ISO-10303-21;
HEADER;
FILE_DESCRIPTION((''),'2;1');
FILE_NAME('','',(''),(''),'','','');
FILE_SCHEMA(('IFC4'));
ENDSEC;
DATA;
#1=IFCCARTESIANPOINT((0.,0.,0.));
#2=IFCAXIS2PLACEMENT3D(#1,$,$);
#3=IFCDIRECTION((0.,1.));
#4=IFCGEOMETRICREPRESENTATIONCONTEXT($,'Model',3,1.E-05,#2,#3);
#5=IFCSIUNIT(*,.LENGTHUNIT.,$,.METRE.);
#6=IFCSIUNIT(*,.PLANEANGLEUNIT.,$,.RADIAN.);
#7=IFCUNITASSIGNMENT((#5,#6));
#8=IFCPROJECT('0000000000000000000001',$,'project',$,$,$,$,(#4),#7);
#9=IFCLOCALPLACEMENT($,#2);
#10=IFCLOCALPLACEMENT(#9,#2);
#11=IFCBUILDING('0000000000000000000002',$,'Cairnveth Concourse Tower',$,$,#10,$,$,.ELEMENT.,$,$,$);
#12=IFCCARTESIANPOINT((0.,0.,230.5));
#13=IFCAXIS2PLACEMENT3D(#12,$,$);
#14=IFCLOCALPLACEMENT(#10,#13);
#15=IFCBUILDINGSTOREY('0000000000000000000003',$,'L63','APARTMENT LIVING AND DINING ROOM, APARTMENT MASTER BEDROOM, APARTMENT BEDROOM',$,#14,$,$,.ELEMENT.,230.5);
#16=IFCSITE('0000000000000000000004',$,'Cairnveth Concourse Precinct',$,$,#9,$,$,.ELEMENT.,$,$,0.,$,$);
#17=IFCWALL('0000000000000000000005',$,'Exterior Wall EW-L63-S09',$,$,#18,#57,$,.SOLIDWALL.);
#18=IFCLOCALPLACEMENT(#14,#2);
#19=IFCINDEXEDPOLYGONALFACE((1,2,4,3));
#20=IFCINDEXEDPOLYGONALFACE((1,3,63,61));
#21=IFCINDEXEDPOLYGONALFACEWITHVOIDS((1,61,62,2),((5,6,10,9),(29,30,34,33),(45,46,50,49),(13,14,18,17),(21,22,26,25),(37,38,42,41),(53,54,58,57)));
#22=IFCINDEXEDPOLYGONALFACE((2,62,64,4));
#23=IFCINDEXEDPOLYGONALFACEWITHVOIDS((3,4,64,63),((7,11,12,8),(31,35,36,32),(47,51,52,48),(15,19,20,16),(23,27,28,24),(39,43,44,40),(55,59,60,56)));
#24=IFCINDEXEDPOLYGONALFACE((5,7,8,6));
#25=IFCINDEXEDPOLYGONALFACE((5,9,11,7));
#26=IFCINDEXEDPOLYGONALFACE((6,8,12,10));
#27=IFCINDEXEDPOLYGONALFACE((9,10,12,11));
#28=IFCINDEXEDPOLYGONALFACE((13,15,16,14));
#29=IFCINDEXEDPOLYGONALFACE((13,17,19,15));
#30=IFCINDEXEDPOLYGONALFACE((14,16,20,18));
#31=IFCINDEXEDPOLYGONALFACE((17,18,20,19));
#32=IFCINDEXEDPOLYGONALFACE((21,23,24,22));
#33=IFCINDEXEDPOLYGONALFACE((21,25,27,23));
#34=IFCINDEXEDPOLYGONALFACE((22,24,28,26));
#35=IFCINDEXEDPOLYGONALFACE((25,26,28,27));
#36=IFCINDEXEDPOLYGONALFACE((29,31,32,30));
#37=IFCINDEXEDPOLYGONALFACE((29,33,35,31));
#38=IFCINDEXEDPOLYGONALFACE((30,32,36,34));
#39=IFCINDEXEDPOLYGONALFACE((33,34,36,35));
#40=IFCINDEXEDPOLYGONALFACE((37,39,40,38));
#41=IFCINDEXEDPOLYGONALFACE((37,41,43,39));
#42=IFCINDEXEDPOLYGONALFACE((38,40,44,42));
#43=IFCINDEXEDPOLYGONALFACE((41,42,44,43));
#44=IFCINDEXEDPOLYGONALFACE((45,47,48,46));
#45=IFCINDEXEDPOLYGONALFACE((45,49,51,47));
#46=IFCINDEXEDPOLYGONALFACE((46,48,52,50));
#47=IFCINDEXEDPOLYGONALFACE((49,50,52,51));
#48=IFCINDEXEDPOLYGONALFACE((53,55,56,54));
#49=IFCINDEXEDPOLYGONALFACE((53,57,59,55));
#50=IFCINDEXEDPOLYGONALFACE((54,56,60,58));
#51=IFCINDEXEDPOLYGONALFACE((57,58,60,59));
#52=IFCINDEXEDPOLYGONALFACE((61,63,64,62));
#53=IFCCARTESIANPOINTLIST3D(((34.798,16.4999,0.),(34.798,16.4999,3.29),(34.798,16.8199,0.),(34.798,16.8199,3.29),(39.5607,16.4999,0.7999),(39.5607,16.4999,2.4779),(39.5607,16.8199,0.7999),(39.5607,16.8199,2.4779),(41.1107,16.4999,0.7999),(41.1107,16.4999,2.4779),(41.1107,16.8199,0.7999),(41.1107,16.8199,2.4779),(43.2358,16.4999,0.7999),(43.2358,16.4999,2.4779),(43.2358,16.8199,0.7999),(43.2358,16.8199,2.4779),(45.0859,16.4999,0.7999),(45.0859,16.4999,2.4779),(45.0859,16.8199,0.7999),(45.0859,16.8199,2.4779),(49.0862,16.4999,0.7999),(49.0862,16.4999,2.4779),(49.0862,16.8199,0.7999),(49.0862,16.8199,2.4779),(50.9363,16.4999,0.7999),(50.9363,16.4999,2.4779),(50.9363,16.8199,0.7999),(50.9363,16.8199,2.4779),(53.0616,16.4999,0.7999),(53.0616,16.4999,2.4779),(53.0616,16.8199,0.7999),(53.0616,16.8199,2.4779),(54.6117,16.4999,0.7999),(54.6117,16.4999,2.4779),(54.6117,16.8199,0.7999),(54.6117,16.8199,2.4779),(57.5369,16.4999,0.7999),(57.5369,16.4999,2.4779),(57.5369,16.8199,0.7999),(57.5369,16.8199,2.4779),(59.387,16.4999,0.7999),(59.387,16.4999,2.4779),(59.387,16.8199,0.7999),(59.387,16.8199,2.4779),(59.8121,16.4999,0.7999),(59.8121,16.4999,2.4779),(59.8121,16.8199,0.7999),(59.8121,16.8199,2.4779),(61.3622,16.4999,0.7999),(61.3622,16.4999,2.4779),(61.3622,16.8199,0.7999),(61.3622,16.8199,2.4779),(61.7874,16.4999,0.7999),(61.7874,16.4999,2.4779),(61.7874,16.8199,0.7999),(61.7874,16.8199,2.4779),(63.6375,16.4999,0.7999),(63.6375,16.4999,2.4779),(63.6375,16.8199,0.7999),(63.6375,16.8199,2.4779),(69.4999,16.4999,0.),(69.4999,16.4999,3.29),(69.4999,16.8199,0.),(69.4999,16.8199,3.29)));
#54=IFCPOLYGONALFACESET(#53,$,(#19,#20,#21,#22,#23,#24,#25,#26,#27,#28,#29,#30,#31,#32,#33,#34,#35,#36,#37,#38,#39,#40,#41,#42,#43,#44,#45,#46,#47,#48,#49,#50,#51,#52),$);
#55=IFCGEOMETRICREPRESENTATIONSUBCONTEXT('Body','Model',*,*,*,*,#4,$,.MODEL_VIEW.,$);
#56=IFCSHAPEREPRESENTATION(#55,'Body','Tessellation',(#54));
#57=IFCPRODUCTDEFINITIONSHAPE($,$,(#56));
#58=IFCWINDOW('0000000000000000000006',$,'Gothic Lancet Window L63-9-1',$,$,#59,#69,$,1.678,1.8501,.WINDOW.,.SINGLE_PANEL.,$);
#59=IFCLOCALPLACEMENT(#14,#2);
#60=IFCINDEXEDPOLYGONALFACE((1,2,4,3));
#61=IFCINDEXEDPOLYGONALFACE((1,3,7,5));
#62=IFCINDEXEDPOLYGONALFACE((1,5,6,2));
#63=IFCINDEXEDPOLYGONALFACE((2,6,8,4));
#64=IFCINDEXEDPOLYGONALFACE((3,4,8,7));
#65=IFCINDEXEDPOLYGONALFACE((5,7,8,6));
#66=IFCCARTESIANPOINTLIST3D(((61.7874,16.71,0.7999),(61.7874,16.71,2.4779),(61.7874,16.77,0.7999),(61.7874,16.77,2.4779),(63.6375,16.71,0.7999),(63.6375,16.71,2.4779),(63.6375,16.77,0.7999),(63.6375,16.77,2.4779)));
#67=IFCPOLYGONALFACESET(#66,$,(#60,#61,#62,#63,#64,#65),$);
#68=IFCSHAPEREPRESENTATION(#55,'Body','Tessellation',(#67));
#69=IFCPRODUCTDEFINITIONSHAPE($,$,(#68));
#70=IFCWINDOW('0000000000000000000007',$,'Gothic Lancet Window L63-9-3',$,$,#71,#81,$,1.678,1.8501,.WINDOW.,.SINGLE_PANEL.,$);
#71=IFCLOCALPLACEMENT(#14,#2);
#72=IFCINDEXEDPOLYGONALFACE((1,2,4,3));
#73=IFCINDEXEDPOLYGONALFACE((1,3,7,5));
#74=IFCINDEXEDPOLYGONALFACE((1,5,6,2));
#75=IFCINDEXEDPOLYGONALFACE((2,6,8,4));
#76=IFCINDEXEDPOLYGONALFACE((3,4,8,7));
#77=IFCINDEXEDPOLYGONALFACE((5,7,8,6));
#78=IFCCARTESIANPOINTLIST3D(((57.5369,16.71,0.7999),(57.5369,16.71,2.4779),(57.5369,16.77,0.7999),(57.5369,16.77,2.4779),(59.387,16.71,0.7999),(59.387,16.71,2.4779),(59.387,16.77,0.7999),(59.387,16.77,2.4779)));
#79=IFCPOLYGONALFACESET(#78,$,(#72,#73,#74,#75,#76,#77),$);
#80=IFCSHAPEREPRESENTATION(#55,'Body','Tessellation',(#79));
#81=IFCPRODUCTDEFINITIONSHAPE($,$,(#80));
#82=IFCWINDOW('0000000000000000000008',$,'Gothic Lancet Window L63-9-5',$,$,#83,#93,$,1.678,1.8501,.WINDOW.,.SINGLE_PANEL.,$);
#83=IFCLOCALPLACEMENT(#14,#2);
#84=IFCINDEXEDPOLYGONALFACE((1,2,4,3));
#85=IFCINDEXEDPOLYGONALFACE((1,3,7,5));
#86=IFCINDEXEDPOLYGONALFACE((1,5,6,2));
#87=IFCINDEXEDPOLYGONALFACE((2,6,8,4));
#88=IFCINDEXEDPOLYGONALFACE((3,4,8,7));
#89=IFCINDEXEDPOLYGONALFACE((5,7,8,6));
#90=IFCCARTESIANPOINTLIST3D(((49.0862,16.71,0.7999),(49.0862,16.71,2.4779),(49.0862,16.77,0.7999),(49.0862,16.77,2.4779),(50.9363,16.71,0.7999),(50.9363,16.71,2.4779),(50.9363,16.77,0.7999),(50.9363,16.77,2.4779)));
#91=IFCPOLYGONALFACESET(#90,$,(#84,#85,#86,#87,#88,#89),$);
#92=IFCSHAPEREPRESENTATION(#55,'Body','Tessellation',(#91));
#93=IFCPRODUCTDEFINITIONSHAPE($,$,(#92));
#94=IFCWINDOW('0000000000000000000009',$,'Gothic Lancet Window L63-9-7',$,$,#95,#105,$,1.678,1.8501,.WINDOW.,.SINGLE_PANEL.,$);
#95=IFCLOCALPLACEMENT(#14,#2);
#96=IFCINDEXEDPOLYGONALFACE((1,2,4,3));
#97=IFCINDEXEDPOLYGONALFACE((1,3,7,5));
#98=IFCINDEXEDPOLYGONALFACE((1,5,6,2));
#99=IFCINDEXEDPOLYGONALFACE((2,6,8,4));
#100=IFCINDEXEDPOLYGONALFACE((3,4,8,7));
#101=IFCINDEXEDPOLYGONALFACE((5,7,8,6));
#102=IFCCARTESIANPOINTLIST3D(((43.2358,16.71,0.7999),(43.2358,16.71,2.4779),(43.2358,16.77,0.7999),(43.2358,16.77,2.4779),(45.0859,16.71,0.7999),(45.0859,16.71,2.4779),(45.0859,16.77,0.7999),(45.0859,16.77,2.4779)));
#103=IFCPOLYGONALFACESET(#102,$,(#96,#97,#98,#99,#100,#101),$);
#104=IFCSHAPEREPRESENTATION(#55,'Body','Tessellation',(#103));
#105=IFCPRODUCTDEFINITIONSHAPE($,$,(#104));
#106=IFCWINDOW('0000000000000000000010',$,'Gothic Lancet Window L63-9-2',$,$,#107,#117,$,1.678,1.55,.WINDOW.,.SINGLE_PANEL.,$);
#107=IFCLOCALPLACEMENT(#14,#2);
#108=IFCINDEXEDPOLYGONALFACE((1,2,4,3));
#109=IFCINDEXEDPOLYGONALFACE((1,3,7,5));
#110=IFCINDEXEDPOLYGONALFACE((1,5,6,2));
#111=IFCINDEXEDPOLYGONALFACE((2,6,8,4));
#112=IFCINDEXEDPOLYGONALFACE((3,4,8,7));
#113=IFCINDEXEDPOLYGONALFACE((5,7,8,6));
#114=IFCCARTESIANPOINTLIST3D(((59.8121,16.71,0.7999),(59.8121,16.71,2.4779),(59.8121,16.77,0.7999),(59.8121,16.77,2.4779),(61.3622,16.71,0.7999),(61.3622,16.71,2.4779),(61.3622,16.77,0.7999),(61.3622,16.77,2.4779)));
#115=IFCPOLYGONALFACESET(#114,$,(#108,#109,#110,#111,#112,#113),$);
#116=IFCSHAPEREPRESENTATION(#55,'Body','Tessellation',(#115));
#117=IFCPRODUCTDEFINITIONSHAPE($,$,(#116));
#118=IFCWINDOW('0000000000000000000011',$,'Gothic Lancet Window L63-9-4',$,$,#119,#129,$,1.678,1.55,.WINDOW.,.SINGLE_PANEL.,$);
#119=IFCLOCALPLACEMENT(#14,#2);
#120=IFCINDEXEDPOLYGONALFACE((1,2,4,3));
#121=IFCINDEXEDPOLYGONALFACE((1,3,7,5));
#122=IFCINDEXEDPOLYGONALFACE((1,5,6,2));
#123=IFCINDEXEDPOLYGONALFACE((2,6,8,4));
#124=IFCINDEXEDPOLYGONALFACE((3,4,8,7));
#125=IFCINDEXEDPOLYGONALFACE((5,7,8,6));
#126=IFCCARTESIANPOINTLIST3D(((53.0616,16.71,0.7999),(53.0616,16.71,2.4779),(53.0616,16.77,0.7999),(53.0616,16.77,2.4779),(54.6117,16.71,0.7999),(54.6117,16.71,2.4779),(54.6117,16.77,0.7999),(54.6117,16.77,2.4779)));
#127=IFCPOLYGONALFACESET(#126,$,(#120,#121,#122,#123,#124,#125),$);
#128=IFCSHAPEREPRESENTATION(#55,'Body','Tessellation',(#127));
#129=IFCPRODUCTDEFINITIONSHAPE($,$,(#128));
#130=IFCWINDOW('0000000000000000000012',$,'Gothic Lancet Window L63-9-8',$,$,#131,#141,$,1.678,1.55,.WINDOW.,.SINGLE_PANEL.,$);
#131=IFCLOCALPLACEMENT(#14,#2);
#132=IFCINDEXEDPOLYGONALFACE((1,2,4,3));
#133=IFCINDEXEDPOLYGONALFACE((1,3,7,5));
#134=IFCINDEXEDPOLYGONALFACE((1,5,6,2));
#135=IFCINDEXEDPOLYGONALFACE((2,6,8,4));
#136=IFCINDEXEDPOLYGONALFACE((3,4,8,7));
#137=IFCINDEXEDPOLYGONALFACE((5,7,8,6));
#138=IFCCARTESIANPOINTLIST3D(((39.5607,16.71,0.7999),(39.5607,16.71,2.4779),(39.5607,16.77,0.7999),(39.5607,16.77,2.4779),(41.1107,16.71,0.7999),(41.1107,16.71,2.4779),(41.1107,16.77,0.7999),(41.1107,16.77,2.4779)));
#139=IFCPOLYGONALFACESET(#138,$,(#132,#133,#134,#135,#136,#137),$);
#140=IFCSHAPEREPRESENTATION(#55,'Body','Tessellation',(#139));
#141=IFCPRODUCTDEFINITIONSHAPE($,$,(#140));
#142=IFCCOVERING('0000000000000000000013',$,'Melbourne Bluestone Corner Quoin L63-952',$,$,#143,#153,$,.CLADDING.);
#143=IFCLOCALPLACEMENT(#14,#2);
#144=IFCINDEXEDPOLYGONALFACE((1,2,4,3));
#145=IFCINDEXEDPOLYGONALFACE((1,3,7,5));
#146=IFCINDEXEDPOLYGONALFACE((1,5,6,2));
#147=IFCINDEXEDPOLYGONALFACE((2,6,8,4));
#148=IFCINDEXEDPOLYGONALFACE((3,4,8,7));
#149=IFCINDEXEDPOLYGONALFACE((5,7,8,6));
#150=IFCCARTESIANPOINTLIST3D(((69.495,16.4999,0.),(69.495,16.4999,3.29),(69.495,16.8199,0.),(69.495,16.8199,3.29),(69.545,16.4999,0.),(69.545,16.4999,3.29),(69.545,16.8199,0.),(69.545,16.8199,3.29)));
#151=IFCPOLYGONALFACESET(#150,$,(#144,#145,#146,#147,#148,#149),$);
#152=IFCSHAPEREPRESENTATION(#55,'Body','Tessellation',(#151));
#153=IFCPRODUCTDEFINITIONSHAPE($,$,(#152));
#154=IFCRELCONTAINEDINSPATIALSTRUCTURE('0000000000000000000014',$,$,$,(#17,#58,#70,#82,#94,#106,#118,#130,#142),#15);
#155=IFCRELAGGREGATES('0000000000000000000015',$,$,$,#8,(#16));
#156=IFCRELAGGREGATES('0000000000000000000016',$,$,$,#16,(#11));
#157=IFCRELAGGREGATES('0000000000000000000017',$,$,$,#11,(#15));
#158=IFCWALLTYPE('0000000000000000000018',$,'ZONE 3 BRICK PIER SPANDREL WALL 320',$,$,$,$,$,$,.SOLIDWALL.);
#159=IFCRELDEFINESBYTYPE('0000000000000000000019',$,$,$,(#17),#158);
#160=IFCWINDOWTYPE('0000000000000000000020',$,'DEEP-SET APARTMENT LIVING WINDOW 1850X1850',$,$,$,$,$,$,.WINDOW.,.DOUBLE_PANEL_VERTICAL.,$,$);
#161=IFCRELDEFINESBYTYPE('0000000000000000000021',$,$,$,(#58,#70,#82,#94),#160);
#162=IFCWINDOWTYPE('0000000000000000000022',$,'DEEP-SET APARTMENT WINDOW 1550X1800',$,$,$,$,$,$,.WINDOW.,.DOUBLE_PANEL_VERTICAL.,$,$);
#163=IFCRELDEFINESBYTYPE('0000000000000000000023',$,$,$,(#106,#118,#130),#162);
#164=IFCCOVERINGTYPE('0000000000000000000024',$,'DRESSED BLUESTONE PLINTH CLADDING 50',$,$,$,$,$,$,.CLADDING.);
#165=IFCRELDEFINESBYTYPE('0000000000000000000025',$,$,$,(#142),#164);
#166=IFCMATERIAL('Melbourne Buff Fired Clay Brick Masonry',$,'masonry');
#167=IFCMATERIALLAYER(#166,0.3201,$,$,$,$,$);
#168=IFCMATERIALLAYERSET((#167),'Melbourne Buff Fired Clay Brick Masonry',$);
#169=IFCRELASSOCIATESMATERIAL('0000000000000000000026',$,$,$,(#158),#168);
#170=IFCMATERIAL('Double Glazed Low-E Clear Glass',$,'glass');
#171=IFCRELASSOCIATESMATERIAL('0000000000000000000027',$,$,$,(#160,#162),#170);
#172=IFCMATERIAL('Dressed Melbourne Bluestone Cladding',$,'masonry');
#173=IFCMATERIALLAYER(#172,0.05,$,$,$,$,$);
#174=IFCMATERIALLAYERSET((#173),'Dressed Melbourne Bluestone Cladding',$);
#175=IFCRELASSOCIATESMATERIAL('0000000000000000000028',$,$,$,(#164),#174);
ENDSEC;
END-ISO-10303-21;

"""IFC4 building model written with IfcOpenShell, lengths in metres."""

from ifc_helpers import new_model, si_unit, direction, frame, frame_2d, origin, place, context, subcontext, project, spatial, rectangle, extrude, material, layer, layer_set, type_object, element, fill, save


model = new_model("IFC4")

# Units and contexts
model_context = context("Model", 3, precision=1e-05, world=origin(), true_north=direction((0.0, 1.0)))
body_context = subcontext(model_context, "Body", "Model", "MODEL_VIEW")
ifc_project = project(units=[si_unit("LENGTHUNIT", "METRE"), si_unit("PLANEANGLEUNIT", "RADIAN")], contexts=[model_context])

# Site, building, storey
site_placement = place(None, origin())
site = spatial("IfcSite", under=ifc_project, at=site_placement, Name="Cairnveth Concourse Precinct", CompositionType="ELEMENT", RefElevation=0.0)
building_placement = place(site_placement, origin())
building = spatial("IfcBuilding", under=site, at=building_placement, Name="Cairnveth Concourse Tower", CompositionType="ELEMENT")
storey_placement = place(building_placement, frame((0.0, 0.0, 230.5)))
storey = spatial("IfcBuildingStorey", under=building, at=storey_placement, Name="L63", Description="APARTMENT LIVING AND DINING ROOM, APARTMENT MASTER BEDROOM, APARTMENT BEDROOM", CompositionType="ELEMENT", Elevation=230.5)

# Shared definitions
ifc_material_1 = material(Name="Melbourne Buff Fired Clay Brick Masonry", Category="masonry")
ifc_layer_1 = layer(ifc_material_1, 0.3201)
ifc_layer_set_1 = layer_set([ifc_layer_1], Name="Melbourne Buff Fired Clay Brick Masonry")
wall_type_1 = type_object("IfcWallType", Name="ZONE 3 BRICK PIER SPANDREL WALL 320", PredefinedType="SOLIDWALL", material=ifc_layer_set_1)

# Wall, openings, windows
wall_1_placement = place(storey_placement, frame((69.5, 16.6599, 0.0), z_axis=(0.0, 0.0, 1.0), x_axis=(-1.0, 0.0, 0.0)))
wall_1 = element("IfcWall", 1, at=wall_1_placement, inside=storey, type_object=wall_type_1, Name="Exterior Wall EW-L63-S09", PredefinedType="SOLIDWALL", context=body_context, shape_type="SweptSolid", body=[
    extrude(rectangle(XDim=34.7019, YDim=0.3201, at=frame_2d((17.3511, 0.0))), origin(), (0.0, 0.0, 1.0), 3.29),
])
opening_1_placement = place(wall_1_placement, frame((5.8625, 0.0, 0.8)))
opening_1 = element("IfcOpeningElement", 2, at=opening_1_placement, cuts=wall_1, PredefinedType="OPENING", context=body_context, shape_type="SweptSolid", body=[
    extrude(rectangle(XDim=1.8501, YDim=1.678, at=frame_2d((0.925, 0.8389))), frame((0.0, 0.1699, 0.0), z_axis=(0.0, -1.0, 0.0), x_axis=(1.0, 0.0, 0.0)), (0.0, 0.0, 1.0), 0.3401),
])
opening_2_placement = place(wall_1_placement, frame((8.1379, 0.0, 0.8)))
opening_2 = element("IfcOpeningElement", 3, at=opening_2_placement, cuts=wall_1, PredefinedType="OPENING", context=body_context, shape_type="SweptSolid", body=[
    extrude(rectangle(XDim=1.55, YDim=1.678, at=frame_2d((0.7749, 0.8389))), frame((0.0, 0.1699, 0.0), z_axis=(0.0, -1.0, 0.0), x_axis=(1.0, 0.0, 0.0)), (0.0, 0.0, 1.0), 0.3401),
])
opening_3_placement = place(wall_1_placement, frame((10.113, 0.0, 0.8)))
opening_3 = element("IfcOpeningElement", 4, at=opening_3_placement, cuts=wall_1, PredefinedType="OPENING", context=body_context, shape_type="SweptSolid", body=[
    extrude(rectangle(XDim=1.8501, YDim=1.678, at=frame_2d((0.925, 0.8389))), frame((0.0, 0.1699, 0.0), z_axis=(0.0, -1.0, 0.0), x_axis=(1.0, 0.0, 0.0)), (0.0, 0.0, 1.0), 0.3401),
])
opening_4_placement = place(wall_1_placement, frame((14.8884, 0.0, 0.8)))
opening_4 = element("IfcOpeningElement", 5, at=opening_4_placement, cuts=wall_1, PredefinedType="OPENING", context=body_context, shape_type="SweptSolid", body=[
    extrude(rectangle(XDim=1.55, YDim=1.678, at=frame_2d((0.7749, 0.8389))), frame((0.0, 0.1699, 0.0), z_axis=(0.0, -1.0, 0.0), x_axis=(1.0, 0.0, 0.0)), (0.0, 0.0, 1.0), 0.3401),
])
opening_5_placement = place(wall_1_placement, frame((18.5637, 0.0, 0.8)))
opening_5 = element("IfcOpeningElement", 6, at=opening_5_placement, cuts=wall_1, PredefinedType="OPENING", context=body_context, shape_type="SweptSolid", body=[
    extrude(rectangle(XDim=1.8501, YDim=1.678, at=frame_2d((0.925, 0.8389))), frame((0.0, 0.1699, 0.0), z_axis=(0.0, -1.0, 0.0), x_axis=(1.0, 0.0, 0.0)), (0.0, 0.0, 1.0), 0.3401),
])
opening_6_placement = place(wall_1_placement, frame((24.4141, 0.0, 0.8)))
opening_6 = element("IfcOpeningElement", 7, at=opening_6_placement, cuts=wall_1, PredefinedType="OPENING", context=body_context, shape_type="SweptSolid", body=[
    extrude(rectangle(XDim=1.8501, YDim=1.678, at=frame_2d((0.925, 0.8389))), frame((0.0, 0.1699, 0.0), z_axis=(0.0, -1.0, 0.0), x_axis=(1.0, 0.0, 0.0)), (0.0, 0.0, 1.0), 0.3401),
])
opening_7_placement = place(wall_1_placement, frame((28.3894, 0.0, 0.8)))
opening_7 = element("IfcOpeningElement", 8, at=opening_7_placement, cuts=wall_1, PredefinedType="OPENING", context=body_context, shape_type="SweptSolid", body=[
    extrude(rectangle(XDim=1.55, YDim=1.678, at=frame_2d((0.7749, 0.8389))), frame((0.0, 0.1699, 0.0), z_axis=(0.0, -1.0, 0.0), x_axis=(1.0, 0.0, 0.0)), (0.0, 0.0, 1.0), 0.3401),
])
ifc_material_2 = material(Name="Double Glazed Low-E Clear Glass", Category="glass")
window_type_1 = type_object("IfcWindowType", Name="DEEP-SET APARTMENT LIVING WINDOW 1850X1850", PartitioningType="DOUBLE_PANEL_VERTICAL", PredefinedType="WINDOW", material=ifc_material_2)
window_1_placement = place(opening_1_placement, origin())
window_1 = element("IfcWindow", 9, at=window_1_placement, inside=storey, type_object=window_type_1, Name="Gothic Lancet Window L63-9-1", OverallHeight=1.678, OverallWidth=1.8501, PartitioningType="SINGLE_PANEL", PredefinedType="WINDOW", context=body_context, shape_type="SweptSolid", body=[
    extrude(rectangle(XDim=1.8501, YDim=1.678, at=frame_2d((0.925, 0.8389))), frame((0.0, -0.05, 0.0), z_axis=(0.0, -1.0, 0.0), x_axis=(1.0, 0.0, 0.0)), (0.0, 0.0, 1.0), 0.0601),
])
fill(opening_1, window_1)
window_2_placement = place(opening_3_placement, origin())
window_2 = element("IfcWindow", 10, at=window_2_placement, inside=storey, type_object=window_type_1, Name="Gothic Lancet Window L63-9-3", OverallHeight=1.678, OverallWidth=1.8501, PartitioningType="SINGLE_PANEL", PredefinedType="WINDOW", context=body_context, shape_type="SweptSolid", body=[
    extrude(rectangle(XDim=1.8501, YDim=1.678, at=frame_2d((0.925, 0.8389))), frame((0.0, -0.05, 0.0), z_axis=(0.0, -1.0, 0.0), x_axis=(1.0, 0.0, 0.0)), (0.0, 0.0, 1.0), 0.0601),
])
fill(opening_3, window_2)
window_3_placement = place(opening_5_placement, origin())
window_3 = element("IfcWindow", 11, at=window_3_placement, inside=storey, type_object=window_type_1, Name="Gothic Lancet Window L63-9-5", OverallHeight=1.678, OverallWidth=1.8501, PartitioningType="SINGLE_PANEL", PredefinedType="WINDOW", context=body_context, shape_type="SweptSolid", body=[
    extrude(rectangle(XDim=1.8501, YDim=1.678, at=frame_2d((0.925, 0.8389))), frame((0.0, -0.05, 0.0), z_axis=(0.0, -1.0, 0.0), x_axis=(1.0, 0.0, 0.0)), (0.0, 0.0, 1.0), 0.0601),
])
fill(opening_5, window_3)
window_4_placement = place(opening_6_placement, origin())
window_4 = element("IfcWindow", 12, at=window_4_placement, inside=storey, type_object=window_type_1, Name="Gothic Lancet Window L63-9-7", OverallHeight=1.678, OverallWidth=1.8501, PartitioningType="SINGLE_PANEL", PredefinedType="WINDOW", context=body_context, shape_type="SweptSolid", body=[
    extrude(rectangle(XDim=1.8501, YDim=1.678, at=frame_2d((0.925, 0.8389))), frame((0.0, -0.05, 0.0), z_axis=(0.0, -1.0, 0.0), x_axis=(1.0, 0.0, 0.0)), (0.0, 0.0, 1.0), 0.0601),
])
fill(opening_6, window_4)
window_type_2 = type_object("IfcWindowType", Name="DEEP-SET APARTMENT WINDOW 1550X1800", PartitioningType="DOUBLE_PANEL_VERTICAL", PredefinedType="WINDOW", material=ifc_material_2)
window_5_placement = place(opening_2_placement, origin())
window_5 = element("IfcWindow", 13, at=window_5_placement, inside=storey, type_object=window_type_2, Name="Gothic Lancet Window L63-9-2", OverallHeight=1.678, OverallWidth=1.55, PartitioningType="SINGLE_PANEL", PredefinedType="WINDOW", context=body_context, shape_type="SweptSolid", body=[
    extrude(rectangle(XDim=1.55, YDim=1.678, at=frame_2d((0.7749, 0.8389))), frame((0.0, -0.05, 0.0), z_axis=(0.0, -1.0, 0.0), x_axis=(1.0, 0.0, 0.0)), (0.0, 0.0, 1.0), 0.0601),
])
fill(opening_2, window_5)
window_6_placement = place(opening_4_placement, origin())
window_6 = element("IfcWindow", 14, at=window_6_placement, inside=storey, type_object=window_type_2, Name="Gothic Lancet Window L63-9-4", OverallHeight=1.678, OverallWidth=1.55, PartitioningType="SINGLE_PANEL", PredefinedType="WINDOW", context=body_context, shape_type="SweptSolid", body=[
    extrude(rectangle(XDim=1.55, YDim=1.678, at=frame_2d((0.7749, 0.8389))), frame((0.0, -0.05, 0.0), z_axis=(0.0, -1.0, 0.0), x_axis=(1.0, 0.0, 0.0)), (0.0, 0.0, 1.0), 0.0601),
])
fill(opening_4, window_6)
window_7_placement = place(opening_7_placement, origin())
window_7 = element("IfcWindow", 15, at=window_7_placement, inside=storey, type_object=window_type_2, Name="Gothic Lancet Window L63-9-8", OverallHeight=1.678, OverallWidth=1.55, PartitioningType="SINGLE_PANEL", PredefinedType="WINDOW", context=body_context, shape_type="SweptSolid", body=[
    extrude(rectangle(XDim=1.55, YDim=1.678, at=frame_2d((0.7749, 0.8389))), frame((0.0, -0.05, 0.0), z_axis=(0.0, -1.0, 0.0), x_axis=(1.0, 0.0, 0.0)), (0.0, 0.0, 1.0), 0.0601),
])
fill(opening_7, window_7)

# Covering
ifc_material_3 = material(Name="Dressed Melbourne Bluestone Cladding", Category="masonry")
ifc_layer_2 = layer(ifc_material_3, 0.05)
ifc_layer_set_2 = layer_set([ifc_layer_2], Name="Dressed Melbourne Bluestone Cladding")
covering_type = type_object("IfcCoveringType", Name="DRESSED BLUESTONE PLINTH CLADDING 50", PredefinedType="CLADDING", material=ifc_layer_set_2)
covering_placement = place(storey_placement, frame((69.52, 16.8201, 0.0), z_axis=(0.0, 0.0, 1.0), x_axis=(0.0, -1.0, 0.0)))
element("IfcCovering", 16, at=covering_placement, inside=storey, type_object=covering_type, Name="Melbourne Bluestone Corner Quoin L63-952", PredefinedType="CLADDING", context=body_context, shape_type="SweptSolid", body=[
    extrude(rectangle(XDim=0.3201, YDim=0.05, at=frame_2d((0.1602, 0.0))), origin(), (0.0, 0.0, 1.0), 3.29),
])

save(model, "model.ifc")
